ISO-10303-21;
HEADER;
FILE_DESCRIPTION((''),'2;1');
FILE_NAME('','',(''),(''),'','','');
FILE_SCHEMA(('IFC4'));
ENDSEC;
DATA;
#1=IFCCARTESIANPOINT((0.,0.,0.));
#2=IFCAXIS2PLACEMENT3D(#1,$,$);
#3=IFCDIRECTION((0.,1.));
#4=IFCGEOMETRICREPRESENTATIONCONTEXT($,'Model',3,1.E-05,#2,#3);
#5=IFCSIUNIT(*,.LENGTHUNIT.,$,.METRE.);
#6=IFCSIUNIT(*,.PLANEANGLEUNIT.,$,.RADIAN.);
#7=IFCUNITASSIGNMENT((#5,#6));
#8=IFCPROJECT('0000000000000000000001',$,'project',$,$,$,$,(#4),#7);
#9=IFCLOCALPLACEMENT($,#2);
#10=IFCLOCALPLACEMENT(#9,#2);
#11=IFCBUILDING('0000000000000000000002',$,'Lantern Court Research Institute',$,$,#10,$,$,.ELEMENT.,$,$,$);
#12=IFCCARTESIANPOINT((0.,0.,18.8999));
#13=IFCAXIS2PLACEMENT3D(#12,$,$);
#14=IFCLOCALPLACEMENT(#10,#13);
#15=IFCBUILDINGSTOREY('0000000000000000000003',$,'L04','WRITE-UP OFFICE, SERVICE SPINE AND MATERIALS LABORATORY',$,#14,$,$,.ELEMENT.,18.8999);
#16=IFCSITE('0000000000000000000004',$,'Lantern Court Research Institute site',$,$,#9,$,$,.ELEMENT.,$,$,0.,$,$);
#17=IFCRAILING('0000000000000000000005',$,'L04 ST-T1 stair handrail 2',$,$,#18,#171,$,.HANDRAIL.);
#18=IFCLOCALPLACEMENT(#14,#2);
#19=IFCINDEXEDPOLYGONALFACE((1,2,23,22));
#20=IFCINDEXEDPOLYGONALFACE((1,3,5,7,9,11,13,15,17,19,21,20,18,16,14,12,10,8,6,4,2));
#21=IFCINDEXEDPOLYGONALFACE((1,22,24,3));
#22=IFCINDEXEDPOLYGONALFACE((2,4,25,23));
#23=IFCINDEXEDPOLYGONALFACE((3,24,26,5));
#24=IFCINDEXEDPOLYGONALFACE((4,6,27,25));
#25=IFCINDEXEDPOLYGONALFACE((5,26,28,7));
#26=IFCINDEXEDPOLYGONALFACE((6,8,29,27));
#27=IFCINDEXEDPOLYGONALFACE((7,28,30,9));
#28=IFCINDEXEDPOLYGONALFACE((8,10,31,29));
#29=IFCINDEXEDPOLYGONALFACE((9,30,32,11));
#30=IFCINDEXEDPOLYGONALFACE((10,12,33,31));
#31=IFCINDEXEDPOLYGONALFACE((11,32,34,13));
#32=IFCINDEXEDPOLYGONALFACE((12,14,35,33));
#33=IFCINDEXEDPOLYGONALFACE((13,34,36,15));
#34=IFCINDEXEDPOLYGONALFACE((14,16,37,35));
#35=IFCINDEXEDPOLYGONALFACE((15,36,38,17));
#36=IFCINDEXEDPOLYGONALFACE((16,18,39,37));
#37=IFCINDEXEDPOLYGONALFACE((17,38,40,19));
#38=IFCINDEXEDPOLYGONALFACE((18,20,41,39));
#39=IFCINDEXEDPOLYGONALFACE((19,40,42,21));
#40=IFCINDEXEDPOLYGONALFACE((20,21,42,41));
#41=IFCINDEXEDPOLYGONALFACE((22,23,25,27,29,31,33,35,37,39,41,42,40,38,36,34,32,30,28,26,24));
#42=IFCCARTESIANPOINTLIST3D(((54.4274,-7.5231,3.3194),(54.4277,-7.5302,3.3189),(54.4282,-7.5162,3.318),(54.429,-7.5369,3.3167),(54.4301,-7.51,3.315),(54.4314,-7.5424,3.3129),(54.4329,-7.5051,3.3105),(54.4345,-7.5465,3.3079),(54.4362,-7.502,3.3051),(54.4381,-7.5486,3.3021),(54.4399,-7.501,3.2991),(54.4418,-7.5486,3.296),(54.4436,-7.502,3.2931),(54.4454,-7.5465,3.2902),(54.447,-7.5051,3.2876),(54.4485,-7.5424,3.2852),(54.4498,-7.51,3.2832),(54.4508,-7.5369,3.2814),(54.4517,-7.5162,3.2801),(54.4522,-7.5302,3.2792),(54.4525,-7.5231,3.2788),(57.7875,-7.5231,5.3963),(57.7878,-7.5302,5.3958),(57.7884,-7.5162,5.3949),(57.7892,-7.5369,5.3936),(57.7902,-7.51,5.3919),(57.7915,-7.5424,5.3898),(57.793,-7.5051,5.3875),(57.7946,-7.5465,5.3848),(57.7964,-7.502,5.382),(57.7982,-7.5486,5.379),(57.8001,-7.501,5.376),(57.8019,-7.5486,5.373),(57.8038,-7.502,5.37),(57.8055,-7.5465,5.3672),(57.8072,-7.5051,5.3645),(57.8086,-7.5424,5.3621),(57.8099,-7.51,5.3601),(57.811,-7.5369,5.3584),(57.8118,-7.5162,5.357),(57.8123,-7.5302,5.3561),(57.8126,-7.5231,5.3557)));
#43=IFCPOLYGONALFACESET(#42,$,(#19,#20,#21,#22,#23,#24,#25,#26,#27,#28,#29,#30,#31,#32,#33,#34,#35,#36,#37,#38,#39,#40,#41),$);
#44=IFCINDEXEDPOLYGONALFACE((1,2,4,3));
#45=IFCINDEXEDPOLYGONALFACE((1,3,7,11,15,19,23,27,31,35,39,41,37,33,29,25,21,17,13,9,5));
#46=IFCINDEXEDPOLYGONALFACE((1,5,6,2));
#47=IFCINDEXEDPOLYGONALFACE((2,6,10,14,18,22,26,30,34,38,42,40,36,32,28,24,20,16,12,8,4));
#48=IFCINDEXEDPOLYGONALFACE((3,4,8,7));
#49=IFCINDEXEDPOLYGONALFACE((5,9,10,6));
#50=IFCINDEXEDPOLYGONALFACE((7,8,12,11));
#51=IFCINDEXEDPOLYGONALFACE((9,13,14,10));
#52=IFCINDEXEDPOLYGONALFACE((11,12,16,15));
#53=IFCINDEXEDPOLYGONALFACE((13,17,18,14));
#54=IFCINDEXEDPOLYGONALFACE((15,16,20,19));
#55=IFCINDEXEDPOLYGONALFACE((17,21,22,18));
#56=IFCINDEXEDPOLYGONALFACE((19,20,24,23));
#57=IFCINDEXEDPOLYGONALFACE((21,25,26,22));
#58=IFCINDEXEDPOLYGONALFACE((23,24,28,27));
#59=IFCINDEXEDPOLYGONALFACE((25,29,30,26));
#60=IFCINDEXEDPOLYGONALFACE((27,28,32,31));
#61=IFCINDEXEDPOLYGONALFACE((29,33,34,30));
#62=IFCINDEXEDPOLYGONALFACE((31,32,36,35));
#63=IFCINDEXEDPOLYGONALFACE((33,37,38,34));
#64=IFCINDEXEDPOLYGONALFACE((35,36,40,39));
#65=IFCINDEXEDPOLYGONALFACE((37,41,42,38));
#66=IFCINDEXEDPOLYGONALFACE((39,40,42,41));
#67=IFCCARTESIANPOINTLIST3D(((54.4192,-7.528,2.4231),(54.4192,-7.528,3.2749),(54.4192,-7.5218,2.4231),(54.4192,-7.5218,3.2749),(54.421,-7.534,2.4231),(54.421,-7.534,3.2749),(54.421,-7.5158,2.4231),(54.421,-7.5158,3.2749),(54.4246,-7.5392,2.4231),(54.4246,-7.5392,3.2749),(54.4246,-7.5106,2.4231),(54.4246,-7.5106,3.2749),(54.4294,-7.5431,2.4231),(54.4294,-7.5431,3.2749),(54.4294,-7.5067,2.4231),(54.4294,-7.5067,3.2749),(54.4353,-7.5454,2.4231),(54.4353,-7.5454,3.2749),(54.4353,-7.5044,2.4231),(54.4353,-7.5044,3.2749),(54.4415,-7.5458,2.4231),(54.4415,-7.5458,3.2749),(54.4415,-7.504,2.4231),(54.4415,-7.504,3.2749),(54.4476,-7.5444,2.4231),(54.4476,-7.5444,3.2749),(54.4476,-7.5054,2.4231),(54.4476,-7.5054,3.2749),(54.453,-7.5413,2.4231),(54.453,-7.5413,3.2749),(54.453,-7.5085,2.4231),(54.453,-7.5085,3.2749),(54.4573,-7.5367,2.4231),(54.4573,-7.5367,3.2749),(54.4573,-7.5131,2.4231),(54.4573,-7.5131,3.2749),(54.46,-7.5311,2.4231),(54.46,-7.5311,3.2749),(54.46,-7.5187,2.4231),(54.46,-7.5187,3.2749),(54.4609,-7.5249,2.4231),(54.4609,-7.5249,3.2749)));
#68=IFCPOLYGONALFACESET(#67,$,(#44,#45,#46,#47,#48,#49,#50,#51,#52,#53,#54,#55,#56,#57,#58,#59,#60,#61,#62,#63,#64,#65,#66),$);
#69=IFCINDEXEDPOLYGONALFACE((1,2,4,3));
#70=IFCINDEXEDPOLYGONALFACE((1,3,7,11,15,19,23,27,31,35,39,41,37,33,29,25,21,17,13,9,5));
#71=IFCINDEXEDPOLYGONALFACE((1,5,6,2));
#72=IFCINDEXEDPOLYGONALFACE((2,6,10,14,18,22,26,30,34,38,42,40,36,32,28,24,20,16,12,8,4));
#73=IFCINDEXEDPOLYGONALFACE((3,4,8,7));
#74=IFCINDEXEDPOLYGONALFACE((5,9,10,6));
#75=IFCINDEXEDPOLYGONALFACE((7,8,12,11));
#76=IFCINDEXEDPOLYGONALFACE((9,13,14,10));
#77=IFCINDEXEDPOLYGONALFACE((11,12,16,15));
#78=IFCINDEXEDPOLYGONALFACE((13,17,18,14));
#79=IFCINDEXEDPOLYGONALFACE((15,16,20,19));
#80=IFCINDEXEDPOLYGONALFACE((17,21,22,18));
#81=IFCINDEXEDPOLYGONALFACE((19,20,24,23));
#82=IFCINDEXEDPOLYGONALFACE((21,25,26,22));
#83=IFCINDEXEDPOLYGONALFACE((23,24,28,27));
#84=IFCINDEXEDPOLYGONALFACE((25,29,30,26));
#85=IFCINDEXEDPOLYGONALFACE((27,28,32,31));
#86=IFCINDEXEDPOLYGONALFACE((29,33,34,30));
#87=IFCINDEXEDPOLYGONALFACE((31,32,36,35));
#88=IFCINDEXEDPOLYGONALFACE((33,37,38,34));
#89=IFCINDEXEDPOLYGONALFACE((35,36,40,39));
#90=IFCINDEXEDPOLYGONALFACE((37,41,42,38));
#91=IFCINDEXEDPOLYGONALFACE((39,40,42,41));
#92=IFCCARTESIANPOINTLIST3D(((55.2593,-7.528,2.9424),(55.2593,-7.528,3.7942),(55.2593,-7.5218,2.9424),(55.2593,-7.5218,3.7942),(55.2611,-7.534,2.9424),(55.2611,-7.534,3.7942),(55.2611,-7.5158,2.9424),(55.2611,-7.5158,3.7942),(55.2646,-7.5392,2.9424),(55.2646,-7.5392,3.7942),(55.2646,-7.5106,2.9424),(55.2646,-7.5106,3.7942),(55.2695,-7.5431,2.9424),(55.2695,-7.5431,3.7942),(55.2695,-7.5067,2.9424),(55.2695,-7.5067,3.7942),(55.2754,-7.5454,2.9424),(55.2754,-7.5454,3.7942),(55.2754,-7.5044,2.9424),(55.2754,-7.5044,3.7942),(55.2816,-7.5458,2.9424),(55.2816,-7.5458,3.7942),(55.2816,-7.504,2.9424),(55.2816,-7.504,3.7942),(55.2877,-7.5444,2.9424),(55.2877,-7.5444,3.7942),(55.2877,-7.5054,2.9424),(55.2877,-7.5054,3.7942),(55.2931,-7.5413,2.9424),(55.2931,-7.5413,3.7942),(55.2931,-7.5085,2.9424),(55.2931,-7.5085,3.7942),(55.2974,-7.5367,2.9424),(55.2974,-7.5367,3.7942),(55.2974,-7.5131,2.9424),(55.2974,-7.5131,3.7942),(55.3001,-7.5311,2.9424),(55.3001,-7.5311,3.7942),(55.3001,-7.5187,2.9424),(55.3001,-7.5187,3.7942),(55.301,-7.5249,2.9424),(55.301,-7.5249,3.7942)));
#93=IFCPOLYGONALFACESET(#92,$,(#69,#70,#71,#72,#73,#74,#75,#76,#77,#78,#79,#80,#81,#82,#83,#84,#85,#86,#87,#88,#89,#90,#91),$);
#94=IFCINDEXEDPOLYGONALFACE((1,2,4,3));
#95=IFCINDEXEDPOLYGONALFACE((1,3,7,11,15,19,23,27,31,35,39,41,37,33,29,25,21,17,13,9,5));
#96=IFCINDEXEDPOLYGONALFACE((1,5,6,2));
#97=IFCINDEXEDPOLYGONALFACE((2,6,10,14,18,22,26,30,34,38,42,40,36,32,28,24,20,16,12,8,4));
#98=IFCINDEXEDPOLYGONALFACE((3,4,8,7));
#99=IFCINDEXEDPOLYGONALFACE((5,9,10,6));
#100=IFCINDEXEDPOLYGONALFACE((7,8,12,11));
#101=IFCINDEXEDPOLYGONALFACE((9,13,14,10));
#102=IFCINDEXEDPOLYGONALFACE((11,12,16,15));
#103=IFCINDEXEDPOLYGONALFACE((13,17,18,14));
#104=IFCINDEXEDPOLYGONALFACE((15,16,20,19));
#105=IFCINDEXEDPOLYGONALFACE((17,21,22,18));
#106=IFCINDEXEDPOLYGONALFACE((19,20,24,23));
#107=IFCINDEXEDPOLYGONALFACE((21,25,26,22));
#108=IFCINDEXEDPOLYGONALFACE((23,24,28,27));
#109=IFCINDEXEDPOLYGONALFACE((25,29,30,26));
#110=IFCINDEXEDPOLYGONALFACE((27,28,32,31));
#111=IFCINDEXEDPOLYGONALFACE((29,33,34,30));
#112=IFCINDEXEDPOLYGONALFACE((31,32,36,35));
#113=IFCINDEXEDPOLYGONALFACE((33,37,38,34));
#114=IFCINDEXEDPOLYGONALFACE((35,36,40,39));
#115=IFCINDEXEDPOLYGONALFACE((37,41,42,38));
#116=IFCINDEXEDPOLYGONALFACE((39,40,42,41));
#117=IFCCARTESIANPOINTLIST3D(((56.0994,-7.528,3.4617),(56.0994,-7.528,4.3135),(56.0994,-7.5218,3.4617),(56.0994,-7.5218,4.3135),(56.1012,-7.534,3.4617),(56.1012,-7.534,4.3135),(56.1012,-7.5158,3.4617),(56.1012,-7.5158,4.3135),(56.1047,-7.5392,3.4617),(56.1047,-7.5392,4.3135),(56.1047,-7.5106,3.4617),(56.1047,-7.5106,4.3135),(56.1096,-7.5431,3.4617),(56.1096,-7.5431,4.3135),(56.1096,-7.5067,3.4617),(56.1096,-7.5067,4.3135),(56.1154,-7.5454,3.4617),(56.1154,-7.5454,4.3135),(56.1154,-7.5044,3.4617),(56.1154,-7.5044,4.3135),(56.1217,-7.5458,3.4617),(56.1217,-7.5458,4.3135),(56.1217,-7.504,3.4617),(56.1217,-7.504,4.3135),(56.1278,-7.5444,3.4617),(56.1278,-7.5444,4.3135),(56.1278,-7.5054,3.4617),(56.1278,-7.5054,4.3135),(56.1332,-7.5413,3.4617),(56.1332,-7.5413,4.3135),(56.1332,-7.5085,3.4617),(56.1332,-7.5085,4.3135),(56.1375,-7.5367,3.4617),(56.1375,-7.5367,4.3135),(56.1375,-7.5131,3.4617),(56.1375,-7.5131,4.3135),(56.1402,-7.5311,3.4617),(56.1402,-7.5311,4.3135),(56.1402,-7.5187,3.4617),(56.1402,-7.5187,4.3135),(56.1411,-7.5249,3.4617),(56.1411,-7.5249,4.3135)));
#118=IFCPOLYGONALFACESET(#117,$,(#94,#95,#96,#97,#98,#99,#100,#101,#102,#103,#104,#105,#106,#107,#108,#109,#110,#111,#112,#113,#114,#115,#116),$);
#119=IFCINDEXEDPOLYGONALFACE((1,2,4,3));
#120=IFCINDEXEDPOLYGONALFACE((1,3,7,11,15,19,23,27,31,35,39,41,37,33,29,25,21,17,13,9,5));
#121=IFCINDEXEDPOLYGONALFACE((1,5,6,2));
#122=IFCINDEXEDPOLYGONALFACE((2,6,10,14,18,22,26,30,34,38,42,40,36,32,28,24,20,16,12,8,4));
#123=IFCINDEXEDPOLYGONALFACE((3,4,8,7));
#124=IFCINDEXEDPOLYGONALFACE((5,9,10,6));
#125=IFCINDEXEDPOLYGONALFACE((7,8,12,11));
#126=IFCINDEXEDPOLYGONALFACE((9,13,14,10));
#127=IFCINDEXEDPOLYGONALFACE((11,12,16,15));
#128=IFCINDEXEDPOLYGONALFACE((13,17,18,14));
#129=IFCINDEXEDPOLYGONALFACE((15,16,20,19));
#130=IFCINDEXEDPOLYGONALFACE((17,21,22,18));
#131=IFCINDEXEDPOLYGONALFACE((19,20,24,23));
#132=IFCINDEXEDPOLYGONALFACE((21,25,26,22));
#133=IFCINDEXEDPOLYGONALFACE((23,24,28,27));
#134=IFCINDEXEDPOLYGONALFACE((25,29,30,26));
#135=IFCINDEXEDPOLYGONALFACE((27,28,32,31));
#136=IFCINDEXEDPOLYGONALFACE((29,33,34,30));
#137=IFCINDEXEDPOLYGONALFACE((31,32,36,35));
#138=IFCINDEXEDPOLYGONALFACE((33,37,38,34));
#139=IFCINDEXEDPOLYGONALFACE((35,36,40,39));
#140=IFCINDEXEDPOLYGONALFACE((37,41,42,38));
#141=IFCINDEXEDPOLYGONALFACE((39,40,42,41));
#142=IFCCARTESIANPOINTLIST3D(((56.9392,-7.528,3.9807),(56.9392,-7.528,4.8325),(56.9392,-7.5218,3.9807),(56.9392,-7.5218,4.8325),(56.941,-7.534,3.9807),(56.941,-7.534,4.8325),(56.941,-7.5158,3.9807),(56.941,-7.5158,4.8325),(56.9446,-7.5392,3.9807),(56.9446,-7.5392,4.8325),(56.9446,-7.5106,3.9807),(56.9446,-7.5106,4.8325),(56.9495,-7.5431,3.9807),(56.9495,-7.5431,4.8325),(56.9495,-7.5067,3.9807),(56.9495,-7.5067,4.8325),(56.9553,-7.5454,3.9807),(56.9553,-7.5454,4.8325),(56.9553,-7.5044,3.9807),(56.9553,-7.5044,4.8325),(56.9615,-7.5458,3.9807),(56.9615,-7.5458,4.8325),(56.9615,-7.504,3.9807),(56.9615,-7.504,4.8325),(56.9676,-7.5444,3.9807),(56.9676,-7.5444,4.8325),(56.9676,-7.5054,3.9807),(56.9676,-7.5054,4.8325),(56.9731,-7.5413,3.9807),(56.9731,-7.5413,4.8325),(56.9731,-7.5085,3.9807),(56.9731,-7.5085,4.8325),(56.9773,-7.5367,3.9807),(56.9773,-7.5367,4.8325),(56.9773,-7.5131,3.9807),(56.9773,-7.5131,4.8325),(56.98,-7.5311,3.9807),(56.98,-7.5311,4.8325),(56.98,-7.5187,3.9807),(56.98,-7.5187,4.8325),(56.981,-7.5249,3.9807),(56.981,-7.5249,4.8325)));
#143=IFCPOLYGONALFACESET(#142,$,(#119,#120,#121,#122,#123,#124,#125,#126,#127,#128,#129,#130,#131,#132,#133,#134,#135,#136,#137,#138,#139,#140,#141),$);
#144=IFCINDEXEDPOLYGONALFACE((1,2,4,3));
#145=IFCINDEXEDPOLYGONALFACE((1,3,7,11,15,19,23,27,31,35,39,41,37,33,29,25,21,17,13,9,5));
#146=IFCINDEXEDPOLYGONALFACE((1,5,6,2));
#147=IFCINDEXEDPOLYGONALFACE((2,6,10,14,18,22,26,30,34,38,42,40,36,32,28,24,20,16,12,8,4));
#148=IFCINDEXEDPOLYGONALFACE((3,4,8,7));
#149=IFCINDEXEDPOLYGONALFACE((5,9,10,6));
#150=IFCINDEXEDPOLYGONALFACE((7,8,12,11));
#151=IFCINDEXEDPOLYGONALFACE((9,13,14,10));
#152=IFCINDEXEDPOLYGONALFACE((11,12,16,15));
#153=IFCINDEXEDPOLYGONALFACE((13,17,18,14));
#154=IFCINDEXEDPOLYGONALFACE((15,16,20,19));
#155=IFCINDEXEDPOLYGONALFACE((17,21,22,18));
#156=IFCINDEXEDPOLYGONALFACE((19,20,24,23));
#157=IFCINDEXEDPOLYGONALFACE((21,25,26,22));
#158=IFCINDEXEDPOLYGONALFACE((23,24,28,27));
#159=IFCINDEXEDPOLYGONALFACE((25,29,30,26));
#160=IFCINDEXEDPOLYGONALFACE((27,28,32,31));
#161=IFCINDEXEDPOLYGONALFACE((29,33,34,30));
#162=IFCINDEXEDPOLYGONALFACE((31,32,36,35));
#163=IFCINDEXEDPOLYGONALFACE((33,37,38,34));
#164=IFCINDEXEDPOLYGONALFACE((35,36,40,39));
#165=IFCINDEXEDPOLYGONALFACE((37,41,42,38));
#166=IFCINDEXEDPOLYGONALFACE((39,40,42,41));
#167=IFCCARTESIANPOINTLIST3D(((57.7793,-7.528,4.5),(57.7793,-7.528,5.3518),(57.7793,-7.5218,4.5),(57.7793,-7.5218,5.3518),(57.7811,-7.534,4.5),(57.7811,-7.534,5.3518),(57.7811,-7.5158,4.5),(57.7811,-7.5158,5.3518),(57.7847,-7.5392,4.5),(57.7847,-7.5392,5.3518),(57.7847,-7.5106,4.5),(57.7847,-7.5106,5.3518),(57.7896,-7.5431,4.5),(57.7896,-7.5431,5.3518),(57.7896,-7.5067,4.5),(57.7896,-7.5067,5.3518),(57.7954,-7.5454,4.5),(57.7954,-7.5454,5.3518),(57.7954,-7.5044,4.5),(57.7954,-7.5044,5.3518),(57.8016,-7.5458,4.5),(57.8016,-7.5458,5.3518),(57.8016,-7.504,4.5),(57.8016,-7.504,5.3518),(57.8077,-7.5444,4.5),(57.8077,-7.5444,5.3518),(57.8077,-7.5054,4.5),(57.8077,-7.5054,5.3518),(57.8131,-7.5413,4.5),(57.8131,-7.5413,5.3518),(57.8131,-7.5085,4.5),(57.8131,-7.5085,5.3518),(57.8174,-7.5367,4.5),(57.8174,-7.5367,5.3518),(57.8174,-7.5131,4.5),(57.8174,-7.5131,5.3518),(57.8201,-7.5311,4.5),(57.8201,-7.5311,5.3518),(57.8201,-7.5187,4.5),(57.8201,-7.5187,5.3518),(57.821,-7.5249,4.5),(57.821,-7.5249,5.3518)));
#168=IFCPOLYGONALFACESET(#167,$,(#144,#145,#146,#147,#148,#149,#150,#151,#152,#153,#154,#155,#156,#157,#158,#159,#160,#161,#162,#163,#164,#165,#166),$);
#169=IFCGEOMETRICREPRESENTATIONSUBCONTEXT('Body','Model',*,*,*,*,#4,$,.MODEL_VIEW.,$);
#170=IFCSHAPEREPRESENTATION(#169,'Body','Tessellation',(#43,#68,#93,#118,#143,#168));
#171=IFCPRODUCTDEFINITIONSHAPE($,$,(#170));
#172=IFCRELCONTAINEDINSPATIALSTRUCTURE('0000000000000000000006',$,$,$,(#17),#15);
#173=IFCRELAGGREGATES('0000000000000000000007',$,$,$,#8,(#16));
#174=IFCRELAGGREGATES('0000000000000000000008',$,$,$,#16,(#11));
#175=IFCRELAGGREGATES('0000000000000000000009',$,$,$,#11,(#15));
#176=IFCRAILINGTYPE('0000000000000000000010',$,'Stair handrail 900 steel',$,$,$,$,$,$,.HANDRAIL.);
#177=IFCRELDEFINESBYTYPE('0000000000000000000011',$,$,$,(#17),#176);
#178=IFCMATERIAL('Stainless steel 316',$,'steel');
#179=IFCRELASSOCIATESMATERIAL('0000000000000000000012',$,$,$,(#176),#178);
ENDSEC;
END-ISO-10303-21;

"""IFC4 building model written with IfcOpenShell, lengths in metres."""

from ifc_helpers import new_model, si_unit, direction, frame, origin, origin_2d, place, context, subcontext, project, spatial, circle, extrude, material, type_object, element, save


model = new_model("IFC4")

# Units and contexts
model_context = context("Model", 3, precision=1e-05, world=origin(), true_north=direction((0.0, 1.0)))
body_context = subcontext(model_context, "Body", "Model", "MODEL_VIEW")
ifc_project = project(units=[si_unit("LENGTHUNIT", "METRE"), si_unit("PLANEANGLEUNIT", "RADIAN")], contexts=[model_context])

# Site, building, storey
site_placement = place(None, origin())
site = spatial("IfcSite", under=ifc_project, at=site_placement, Name="Lantern Court Research Institute site", CompositionType="ELEMENT", RefElevation=0.0)
building_placement = place(site_placement, origin())
building = spatial("IfcBuilding", under=site, at=building_placement, Name="Lantern Court Research Institute", CompositionType="ELEMENT")
storey_placement = place(building_placement, frame((0.0, 0.0, 18.8999)))
storey = spatial("IfcBuildingStorey", under=building, at=storey_placement, Name="L04", Description="WRITE-UP OFFICE, SERVICE SPINE AND MATERIALS LABORATORY", CompositionType="ELEMENT", Elevation=18.8999)

# Railing
ifc_material_1 = material(Name="Stainless steel 316", Category="steel")
railing_type_1 = type_object("IfcRailingType", Name="Stair handrail 900 steel", PredefinedType="HANDRAIL", material=ifc_material_1)
railing_1_placement = place(storey_placement, frame((54.4399, -7.5249, 2.4231)))
element("IfcRailing", 1, at=railing_1_placement, inside=storey, type_object=railing_type_1, Name="L04 ST-T1 stair handrail 2", PredefinedType="HANDRAIL", context=body_context, shape_type="SweptSolid", body=[
    extrude(circle(Radius=0.0239, at=origin_2d()), frame((0.0, 0.0, 0.876), z_axis=(0.850623, 0.0, 0.525776), x_axis=(0.0, 1.0, 0.0)), (0.0, 0.0, 1.0), 3.9502),
    extrude(circle(Radius=0.021, at=origin_2d()), origin(), (0.0, 0.0, 1.0), 0.8518),
    extrude(circle(Radius=0.021, at=origin_2d()), frame((0.8401, 0.0, 0.5193)), (0.0, 0.0, 1.0), 0.8518),
    extrude(circle(Radius=0.021, at=origin_2d()), frame((1.6802, 0.0, 1.0386)), (0.0, 0.0, 1.0), 0.8518),
    extrude(circle(Radius=0.021, at=origin_2d()), frame((2.52, 0.0, 1.5576)), (0.0, 0.0, 1.0), 0.8518),
    extrude(circle(Radius=0.021, at=origin_2d()), frame((3.3601, 0.0, 2.0769)), (0.0, 0.0, 1.0), 0.8518),
])

save(model, "model.ifc")
